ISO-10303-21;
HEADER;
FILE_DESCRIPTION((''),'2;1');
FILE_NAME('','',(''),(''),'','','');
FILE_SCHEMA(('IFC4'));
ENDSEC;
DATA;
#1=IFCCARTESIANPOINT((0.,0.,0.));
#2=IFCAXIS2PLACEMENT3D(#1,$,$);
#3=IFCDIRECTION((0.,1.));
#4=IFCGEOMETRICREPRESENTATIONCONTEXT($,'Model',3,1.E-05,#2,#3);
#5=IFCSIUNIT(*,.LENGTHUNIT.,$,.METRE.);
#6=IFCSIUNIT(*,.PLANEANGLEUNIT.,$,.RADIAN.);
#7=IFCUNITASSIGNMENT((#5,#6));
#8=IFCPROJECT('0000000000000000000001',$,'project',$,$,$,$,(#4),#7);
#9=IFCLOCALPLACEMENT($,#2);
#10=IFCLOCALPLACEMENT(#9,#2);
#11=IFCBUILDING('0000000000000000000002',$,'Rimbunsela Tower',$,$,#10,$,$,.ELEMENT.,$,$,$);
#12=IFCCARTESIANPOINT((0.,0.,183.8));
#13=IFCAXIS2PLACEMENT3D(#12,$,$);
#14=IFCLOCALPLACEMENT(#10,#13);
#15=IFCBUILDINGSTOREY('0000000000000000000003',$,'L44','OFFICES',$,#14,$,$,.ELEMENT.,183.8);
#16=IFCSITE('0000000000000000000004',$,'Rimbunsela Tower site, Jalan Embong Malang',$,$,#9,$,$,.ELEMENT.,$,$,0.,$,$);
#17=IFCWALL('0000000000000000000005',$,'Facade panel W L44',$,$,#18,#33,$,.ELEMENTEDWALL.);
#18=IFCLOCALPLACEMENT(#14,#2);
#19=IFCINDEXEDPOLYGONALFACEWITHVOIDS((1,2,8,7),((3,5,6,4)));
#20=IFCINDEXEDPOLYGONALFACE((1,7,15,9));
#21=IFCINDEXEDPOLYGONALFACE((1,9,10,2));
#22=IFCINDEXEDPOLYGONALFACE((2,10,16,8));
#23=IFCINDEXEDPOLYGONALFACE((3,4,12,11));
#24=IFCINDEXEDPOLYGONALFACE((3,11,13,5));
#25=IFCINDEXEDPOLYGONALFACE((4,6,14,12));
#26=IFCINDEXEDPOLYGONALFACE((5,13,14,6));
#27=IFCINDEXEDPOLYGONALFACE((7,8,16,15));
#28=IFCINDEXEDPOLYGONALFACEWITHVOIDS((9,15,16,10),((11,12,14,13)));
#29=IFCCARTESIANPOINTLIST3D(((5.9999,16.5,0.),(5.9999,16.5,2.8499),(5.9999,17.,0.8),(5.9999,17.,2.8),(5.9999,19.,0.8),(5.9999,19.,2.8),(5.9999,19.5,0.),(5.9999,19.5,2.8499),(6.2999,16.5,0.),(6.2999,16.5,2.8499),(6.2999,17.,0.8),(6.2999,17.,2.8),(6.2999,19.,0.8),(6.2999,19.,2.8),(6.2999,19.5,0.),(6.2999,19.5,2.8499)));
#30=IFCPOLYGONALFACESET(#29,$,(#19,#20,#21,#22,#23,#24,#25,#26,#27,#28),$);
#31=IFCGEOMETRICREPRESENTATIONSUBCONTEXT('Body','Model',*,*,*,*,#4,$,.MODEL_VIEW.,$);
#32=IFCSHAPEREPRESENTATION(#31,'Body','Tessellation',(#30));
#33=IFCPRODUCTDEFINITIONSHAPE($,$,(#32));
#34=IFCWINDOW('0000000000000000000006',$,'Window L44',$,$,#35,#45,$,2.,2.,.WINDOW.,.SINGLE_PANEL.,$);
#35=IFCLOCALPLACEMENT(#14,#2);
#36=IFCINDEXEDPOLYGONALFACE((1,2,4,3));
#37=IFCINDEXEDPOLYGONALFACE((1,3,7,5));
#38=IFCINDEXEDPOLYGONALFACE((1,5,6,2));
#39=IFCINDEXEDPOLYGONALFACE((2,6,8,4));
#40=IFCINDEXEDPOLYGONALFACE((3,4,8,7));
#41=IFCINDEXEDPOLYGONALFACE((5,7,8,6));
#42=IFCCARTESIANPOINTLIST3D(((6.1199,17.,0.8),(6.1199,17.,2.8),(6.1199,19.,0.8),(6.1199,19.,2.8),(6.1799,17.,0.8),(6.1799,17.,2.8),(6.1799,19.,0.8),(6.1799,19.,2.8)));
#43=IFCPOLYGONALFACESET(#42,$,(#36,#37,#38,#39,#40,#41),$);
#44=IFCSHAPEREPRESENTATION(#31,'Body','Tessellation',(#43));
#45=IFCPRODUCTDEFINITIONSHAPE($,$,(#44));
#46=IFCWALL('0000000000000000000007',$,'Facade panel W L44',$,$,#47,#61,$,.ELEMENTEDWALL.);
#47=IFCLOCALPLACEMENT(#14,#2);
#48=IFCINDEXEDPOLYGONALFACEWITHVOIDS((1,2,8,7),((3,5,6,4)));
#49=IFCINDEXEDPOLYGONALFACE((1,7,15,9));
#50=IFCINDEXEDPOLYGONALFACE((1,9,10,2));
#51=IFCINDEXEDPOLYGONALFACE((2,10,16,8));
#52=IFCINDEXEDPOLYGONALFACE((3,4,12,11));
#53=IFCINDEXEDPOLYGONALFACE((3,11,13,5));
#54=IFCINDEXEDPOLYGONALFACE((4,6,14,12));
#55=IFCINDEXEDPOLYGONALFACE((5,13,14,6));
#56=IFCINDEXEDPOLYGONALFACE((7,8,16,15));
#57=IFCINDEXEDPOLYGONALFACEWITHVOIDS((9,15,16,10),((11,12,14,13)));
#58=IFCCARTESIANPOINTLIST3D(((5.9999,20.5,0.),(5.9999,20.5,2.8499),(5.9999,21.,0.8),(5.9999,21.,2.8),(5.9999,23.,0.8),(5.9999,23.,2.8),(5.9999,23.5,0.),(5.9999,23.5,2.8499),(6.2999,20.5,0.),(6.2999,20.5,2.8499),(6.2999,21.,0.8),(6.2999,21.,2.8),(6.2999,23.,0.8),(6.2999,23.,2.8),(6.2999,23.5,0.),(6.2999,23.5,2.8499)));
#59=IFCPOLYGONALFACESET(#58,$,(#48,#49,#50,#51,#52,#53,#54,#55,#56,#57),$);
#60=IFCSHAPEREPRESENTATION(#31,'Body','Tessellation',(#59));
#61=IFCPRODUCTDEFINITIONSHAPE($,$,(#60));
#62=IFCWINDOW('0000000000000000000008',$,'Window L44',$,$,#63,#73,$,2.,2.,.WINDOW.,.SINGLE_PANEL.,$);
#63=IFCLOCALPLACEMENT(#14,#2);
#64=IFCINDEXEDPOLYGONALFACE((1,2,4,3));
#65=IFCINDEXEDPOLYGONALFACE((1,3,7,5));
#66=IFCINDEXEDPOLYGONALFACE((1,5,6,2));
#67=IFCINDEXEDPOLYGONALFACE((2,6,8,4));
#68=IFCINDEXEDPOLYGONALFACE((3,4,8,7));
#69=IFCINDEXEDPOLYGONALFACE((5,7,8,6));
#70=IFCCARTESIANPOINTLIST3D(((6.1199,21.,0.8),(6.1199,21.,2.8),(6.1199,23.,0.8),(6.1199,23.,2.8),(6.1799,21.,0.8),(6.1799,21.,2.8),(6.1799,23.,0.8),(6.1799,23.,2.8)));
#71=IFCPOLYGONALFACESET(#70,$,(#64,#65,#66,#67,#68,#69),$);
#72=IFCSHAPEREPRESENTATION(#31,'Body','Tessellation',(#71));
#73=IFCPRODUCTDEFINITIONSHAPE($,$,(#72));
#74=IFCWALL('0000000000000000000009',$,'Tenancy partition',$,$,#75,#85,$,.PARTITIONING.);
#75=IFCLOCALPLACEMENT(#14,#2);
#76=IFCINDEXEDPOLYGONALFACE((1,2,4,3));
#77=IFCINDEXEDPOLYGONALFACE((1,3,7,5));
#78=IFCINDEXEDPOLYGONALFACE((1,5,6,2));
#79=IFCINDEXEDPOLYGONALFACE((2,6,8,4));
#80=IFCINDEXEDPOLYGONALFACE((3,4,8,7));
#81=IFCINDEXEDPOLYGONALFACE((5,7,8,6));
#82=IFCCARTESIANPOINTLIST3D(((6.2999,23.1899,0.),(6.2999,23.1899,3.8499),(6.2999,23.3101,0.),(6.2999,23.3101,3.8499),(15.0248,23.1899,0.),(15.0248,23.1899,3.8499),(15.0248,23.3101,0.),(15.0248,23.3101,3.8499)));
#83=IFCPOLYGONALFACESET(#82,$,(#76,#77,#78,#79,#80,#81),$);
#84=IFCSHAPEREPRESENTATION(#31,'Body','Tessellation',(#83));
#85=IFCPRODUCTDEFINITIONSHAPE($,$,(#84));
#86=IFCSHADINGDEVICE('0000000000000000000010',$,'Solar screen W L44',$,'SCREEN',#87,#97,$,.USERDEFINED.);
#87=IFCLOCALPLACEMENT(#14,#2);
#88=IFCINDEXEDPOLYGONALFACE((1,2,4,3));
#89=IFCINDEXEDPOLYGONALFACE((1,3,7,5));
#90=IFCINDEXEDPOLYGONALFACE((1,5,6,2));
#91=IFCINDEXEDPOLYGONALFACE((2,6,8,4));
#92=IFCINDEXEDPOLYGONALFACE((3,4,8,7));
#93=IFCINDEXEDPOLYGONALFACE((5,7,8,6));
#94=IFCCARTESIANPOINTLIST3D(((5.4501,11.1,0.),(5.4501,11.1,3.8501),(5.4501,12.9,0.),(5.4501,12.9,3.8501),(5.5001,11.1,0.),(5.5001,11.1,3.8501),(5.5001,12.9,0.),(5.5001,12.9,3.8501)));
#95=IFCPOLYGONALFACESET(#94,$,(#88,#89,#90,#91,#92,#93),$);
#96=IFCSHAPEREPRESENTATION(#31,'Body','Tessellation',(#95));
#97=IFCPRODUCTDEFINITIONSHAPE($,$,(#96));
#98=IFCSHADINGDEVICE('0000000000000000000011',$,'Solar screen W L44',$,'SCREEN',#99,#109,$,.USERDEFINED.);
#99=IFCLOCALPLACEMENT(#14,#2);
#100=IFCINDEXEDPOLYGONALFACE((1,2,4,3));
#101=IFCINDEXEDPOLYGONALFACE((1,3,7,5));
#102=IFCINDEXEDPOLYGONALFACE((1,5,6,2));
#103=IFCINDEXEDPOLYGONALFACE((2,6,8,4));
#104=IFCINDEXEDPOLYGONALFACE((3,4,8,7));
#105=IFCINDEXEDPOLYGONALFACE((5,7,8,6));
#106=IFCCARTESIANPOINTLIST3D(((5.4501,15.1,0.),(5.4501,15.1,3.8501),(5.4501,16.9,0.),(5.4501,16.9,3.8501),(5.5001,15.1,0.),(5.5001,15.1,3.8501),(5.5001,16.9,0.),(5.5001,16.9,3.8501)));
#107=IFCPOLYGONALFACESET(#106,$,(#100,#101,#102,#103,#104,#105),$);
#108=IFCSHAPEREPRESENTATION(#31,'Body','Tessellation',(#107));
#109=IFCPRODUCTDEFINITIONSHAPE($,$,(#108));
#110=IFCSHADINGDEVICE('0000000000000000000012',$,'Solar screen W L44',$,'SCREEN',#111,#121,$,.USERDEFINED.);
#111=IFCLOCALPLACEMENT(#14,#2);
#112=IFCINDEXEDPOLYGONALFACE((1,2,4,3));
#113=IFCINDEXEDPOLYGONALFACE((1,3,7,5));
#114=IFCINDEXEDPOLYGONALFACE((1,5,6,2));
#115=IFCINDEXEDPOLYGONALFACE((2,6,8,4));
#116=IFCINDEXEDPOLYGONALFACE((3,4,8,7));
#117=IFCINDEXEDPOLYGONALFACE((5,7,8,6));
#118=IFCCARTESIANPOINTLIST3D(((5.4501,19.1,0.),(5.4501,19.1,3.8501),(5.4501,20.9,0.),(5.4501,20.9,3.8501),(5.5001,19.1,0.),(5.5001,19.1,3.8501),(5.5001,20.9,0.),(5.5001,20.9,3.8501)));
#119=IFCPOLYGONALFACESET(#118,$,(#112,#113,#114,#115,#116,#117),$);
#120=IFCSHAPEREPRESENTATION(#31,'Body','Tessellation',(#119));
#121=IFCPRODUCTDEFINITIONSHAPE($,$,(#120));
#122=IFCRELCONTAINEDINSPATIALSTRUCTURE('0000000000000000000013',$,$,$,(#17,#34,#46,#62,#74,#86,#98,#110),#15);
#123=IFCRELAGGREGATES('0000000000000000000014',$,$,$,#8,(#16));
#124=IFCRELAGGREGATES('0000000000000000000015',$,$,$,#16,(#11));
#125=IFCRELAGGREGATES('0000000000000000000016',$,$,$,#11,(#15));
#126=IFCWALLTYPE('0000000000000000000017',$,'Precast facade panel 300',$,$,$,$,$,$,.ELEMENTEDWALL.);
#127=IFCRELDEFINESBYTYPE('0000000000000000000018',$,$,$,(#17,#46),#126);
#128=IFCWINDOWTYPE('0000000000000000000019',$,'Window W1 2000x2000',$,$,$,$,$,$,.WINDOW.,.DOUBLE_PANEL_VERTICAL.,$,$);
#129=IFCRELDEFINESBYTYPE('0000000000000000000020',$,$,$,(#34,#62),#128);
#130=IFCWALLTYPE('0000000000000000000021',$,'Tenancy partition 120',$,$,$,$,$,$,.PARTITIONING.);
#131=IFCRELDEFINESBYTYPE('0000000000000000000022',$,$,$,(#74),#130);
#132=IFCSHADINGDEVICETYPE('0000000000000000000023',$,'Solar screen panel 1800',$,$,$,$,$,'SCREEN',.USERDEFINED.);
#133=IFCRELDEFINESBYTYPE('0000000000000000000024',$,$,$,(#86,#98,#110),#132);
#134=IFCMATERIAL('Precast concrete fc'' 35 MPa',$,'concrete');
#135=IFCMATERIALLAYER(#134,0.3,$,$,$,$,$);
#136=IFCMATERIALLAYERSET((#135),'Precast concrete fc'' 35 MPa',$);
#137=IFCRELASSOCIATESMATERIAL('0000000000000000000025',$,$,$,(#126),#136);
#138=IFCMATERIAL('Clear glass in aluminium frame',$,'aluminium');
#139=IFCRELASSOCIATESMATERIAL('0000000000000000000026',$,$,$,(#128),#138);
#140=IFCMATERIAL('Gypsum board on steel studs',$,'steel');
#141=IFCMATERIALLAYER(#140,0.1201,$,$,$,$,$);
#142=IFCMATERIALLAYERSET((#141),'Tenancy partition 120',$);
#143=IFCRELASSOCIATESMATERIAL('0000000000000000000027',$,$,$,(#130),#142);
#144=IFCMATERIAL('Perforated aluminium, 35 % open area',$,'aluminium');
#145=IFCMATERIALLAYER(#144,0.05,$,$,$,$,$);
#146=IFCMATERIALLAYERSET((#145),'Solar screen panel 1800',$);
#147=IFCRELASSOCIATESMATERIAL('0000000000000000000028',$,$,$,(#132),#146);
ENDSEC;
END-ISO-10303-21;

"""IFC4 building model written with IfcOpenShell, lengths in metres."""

from ifc_helpers import new_model, si_unit, direction, frame, frame_2d, origin, origin_2d, place, context, subcontext, project, spatial, rectangle, extrude, material, layer, layer_set, type_object, element, fill, save


model = new_model("IFC4")

# Units and contexts
model_context = context("Model", 3, precision=1e-05, world=origin(), true_north=direction((0.0, 1.0)))
body_context = subcontext(model_context, "Body", "Model", "MODEL_VIEW")
ifc_project = project(units=[si_unit("LENGTHUNIT", "METRE"), si_unit("PLANEANGLEUNIT", "RADIAN")], contexts=[model_context])

# Site, building, storey
site_placement = place(None, origin())
site = spatial("IfcSite", under=ifc_project, at=site_placement, Name="Rimbunsela Tower site, Jalan Embong Malang", CompositionType="ELEMENT", RefElevation=0.0)
building_placement = place(site_placement, origin())
building = spatial("IfcBuilding", under=site, at=building_placement, Name="Rimbunsela Tower", CompositionType="ELEMENT")
storey_placement = place(building_placement, frame((0.0, 0.0, 183.8)))
storey = spatial("IfcBuildingStorey", under=building, at=storey_placement, Name="L44", Description="OFFICES", CompositionType="ELEMENT", Elevation=183.8)

# Shared definitions
ifc_material_1 = material(Name="Precast concrete fc' 35 MPa", Category="concrete")
ifc_layer_1 = layer(ifc_material_1, 0.3)
ifc_layer_set_1 = layer_set([ifc_layer_1], Name="Precast concrete fc' 35 MPa")
wall_type_1 = type_object("IfcWallType", Name="Precast facade panel 300", PredefinedType="ELEMENTEDWALL", material=ifc_layer_set_1)

# Walls, openings, windows
ifc_material_2 = material(Name="Clear glass in aluminium frame", Category="aluminium")
window_type = type_object("IfcWindowType", Name="Window W1 2000x2000", PartitioningType="DOUBLE_PANEL_VERTICAL", PredefinedType="WINDOW", material=ifc_material_2)
wall_1_placement = place(storey_placement, frame((6.1499, 19.5, 0.0), z_axis=(0.0, 0.0, 1.0), x_axis=(0.0, -1.0, 0.0)))
wall_1 = element("IfcWall", 1, at=wall_1_placement, inside=storey, type_object=wall_type_1, Name="Facade panel W L44", PredefinedType="ELEMENTEDWALL", context=body_context, shape_type="SweptSolid", body=[
    extrude(rectangle(XDim=3.0, YDim=0.3, at=frame_2d((1.5, 0.0))), origin(), (0.0, 0.0, 1.0), 2.8499),
])
opening_1_placement = place(wall_1_placement, frame((0.5, 0.0, 0.8)))
opening_1 = element("IfcOpeningElement", 2, at=opening_1_placement, cuts=wall_1, PredefinedType="OPENING", context=body_context, shape_type="SweptSolid", body=[
    extrude(rectangle(XDim=2.0, YDim=2.0, at=frame_2d((1.0, 1.0))), frame((0.0, 0.1599, 0.0), z_axis=(0.0, -1.0, 0.0), x_axis=(1.0, 0.0, 0.0)), (0.0, 0.0, 1.0), 0.3201),
])
window_1_placement = place(opening_1_placement, origin())
window_1 = element("IfcWindow", 3, at=window_1_placement, inside=storey, type_object=window_type, Name="Window L44", OverallHeight=2.0, OverallWidth=2.0, PartitioningType="SINGLE_PANEL", PredefinedType="WINDOW", context=body_context, shape_type="SweptSolid", body=[
    extrude(rectangle(XDim=2.0, YDim=2.0, at=frame_2d((1.0, 1.0))), frame((0.0, 0.03, 0.0), z_axis=(0.0, -1.0, 0.0), x_axis=(1.0, 0.0, 0.0)), (0.0, 0.0, 1.0), 0.0601),
])
fill(opening_1, window_1)
wall_2_placement = place(storey_placement, frame((6.1499, 23.5, 0.0), z_axis=(0.0, 0.0, 1.0), x_axis=(0.0, -1.0, 0.0)))
wall_2 = element("IfcWall", 4, at=wall_2_placement, inside=storey, type_object=wall_type_1, Name="Facade panel W L44", PredefinedType="ELEMENTEDWALL", context=body_context, shape_type="SweptSolid", body=[
    extrude(rectangle(XDim=3.0, YDim=0.3, at=frame_2d((1.5, 0.0))), origin(), (0.0, 0.0, 1.0), 2.8499),
])
opening_2_placement = place(wall_2_placement, frame((0.5, 0.0, 0.8)))
opening_2 = element("IfcOpeningElement", 5, at=opening_2_placement, cuts=wall_2, PredefinedType="OPENING", context=body_context, shape_type="SweptSolid", body=[
    extrude(rectangle(XDim=2.0, YDim=2.0, at=frame_2d((1.0, 1.0))), frame((0.0, 0.1599, 0.0), z_axis=(0.0, -1.0, 0.0), x_axis=(1.0, 0.0, 0.0)), (0.0, 0.0, 1.0), 0.3201),
])
window_2_placement = place(opening_2_placement, origin())
window_2 = element("IfcWindow", 6, at=window_2_placement, inside=storey, type_object=window_type, Name="Window L44", OverallHeight=2.0, OverallWidth=2.0, PartitioningType="SINGLE_PANEL", PredefinedType="WINDOW", context=body_context, shape_type="SweptSolid", body=[
    extrude(rectangle(XDim=2.0, YDim=2.0, at=frame_2d((1.0, 1.0))), frame((0.0, 0.03, 0.0), z_axis=(0.0, -1.0, 0.0), x_axis=(1.0, 0.0, 0.0)), (0.0, 0.0, 1.0), 0.0601),
])
fill(opening_2, window_2)

# Wall
ifc_material_3 = material(Name="Gypsum board on steel studs", Category="steel")
ifc_layer_2 = layer(ifc_material_3, 0.1201)
ifc_layer_set_2 = layer_set([ifc_layer_2], Name="Tenancy partition 120")
wall_type_2 = type_object("IfcWallType", Name="Tenancy partition 120", PredefinedType="PARTITIONING", material=ifc_layer_set_2)
wall_3_placement = place(storey_placement, frame((6.3, 23.25, 0.0), z_axis=(0.0, 0.0, 1.0), x_axis=(1.0, 0.0, 0.0)))
element("IfcWall", 7, at=wall_3_placement, inside=storey, type_object=wall_type_2, Name="Tenancy partition", PredefinedType="PARTITIONING", context=body_context, shape_type="SweptSolid", body=[
    extrude(rectangle(XDim=8.7249, YDim=0.1201, at=frame_2d((4.3623, 0.0))), origin(), (0.0, 0.0, 1.0), 3.8499),
])

# Shading devices
ifc_material_4 = material(Name="Perforated aluminium, 35 % open area", Category="aluminium")
ifc_layer_3 = layer(ifc_material_4, 0.05)
ifc_layer_set_3 = layer_set([ifc_layer_3], Name="Solar screen panel 1800")
shading_device_type = type_object("IfcShadingDeviceType", Name="Solar screen panel 1800", ElementType="SCREEN", PredefinedType="USERDEFINED", material=ifc_layer_set_3)
for number, where, z_axis, x_axis, name in (
    (8, (5.4751, 12.0, 0.0), (0.0, 0.0, 1.0), (0.0, 1.0, 0.0), "Solar screen W L44"),
    (9, (5.4751, 16.0, 0.0), (0.0, 0.0, 1.0), (0.0, 1.0, 0.0), "Solar screen W L44"),
    (10, (5.4751, 20.0, 0.0), (0.0, 0.0, 1.0), (0.0, 1.0, 0.0), "Solar screen W L44"),
):
    element("IfcShadingDevice", number, at=place(storey_placement, frame(where, z_axis=z_axis, x_axis=x_axis)), inside=storey, type_object=shading_device_type, Name=name, ObjectType="SCREEN", PredefinedType="USERDEFINED", context=body_context, shape_type="SweptSolid", body=[
        extrude(rectangle(XDim=1.8, YDim=0.05, at=origin_2d()), origin(), (0.0, 0.0, 1.0), 3.8501),
    ])

save(model, "model.ifc")
